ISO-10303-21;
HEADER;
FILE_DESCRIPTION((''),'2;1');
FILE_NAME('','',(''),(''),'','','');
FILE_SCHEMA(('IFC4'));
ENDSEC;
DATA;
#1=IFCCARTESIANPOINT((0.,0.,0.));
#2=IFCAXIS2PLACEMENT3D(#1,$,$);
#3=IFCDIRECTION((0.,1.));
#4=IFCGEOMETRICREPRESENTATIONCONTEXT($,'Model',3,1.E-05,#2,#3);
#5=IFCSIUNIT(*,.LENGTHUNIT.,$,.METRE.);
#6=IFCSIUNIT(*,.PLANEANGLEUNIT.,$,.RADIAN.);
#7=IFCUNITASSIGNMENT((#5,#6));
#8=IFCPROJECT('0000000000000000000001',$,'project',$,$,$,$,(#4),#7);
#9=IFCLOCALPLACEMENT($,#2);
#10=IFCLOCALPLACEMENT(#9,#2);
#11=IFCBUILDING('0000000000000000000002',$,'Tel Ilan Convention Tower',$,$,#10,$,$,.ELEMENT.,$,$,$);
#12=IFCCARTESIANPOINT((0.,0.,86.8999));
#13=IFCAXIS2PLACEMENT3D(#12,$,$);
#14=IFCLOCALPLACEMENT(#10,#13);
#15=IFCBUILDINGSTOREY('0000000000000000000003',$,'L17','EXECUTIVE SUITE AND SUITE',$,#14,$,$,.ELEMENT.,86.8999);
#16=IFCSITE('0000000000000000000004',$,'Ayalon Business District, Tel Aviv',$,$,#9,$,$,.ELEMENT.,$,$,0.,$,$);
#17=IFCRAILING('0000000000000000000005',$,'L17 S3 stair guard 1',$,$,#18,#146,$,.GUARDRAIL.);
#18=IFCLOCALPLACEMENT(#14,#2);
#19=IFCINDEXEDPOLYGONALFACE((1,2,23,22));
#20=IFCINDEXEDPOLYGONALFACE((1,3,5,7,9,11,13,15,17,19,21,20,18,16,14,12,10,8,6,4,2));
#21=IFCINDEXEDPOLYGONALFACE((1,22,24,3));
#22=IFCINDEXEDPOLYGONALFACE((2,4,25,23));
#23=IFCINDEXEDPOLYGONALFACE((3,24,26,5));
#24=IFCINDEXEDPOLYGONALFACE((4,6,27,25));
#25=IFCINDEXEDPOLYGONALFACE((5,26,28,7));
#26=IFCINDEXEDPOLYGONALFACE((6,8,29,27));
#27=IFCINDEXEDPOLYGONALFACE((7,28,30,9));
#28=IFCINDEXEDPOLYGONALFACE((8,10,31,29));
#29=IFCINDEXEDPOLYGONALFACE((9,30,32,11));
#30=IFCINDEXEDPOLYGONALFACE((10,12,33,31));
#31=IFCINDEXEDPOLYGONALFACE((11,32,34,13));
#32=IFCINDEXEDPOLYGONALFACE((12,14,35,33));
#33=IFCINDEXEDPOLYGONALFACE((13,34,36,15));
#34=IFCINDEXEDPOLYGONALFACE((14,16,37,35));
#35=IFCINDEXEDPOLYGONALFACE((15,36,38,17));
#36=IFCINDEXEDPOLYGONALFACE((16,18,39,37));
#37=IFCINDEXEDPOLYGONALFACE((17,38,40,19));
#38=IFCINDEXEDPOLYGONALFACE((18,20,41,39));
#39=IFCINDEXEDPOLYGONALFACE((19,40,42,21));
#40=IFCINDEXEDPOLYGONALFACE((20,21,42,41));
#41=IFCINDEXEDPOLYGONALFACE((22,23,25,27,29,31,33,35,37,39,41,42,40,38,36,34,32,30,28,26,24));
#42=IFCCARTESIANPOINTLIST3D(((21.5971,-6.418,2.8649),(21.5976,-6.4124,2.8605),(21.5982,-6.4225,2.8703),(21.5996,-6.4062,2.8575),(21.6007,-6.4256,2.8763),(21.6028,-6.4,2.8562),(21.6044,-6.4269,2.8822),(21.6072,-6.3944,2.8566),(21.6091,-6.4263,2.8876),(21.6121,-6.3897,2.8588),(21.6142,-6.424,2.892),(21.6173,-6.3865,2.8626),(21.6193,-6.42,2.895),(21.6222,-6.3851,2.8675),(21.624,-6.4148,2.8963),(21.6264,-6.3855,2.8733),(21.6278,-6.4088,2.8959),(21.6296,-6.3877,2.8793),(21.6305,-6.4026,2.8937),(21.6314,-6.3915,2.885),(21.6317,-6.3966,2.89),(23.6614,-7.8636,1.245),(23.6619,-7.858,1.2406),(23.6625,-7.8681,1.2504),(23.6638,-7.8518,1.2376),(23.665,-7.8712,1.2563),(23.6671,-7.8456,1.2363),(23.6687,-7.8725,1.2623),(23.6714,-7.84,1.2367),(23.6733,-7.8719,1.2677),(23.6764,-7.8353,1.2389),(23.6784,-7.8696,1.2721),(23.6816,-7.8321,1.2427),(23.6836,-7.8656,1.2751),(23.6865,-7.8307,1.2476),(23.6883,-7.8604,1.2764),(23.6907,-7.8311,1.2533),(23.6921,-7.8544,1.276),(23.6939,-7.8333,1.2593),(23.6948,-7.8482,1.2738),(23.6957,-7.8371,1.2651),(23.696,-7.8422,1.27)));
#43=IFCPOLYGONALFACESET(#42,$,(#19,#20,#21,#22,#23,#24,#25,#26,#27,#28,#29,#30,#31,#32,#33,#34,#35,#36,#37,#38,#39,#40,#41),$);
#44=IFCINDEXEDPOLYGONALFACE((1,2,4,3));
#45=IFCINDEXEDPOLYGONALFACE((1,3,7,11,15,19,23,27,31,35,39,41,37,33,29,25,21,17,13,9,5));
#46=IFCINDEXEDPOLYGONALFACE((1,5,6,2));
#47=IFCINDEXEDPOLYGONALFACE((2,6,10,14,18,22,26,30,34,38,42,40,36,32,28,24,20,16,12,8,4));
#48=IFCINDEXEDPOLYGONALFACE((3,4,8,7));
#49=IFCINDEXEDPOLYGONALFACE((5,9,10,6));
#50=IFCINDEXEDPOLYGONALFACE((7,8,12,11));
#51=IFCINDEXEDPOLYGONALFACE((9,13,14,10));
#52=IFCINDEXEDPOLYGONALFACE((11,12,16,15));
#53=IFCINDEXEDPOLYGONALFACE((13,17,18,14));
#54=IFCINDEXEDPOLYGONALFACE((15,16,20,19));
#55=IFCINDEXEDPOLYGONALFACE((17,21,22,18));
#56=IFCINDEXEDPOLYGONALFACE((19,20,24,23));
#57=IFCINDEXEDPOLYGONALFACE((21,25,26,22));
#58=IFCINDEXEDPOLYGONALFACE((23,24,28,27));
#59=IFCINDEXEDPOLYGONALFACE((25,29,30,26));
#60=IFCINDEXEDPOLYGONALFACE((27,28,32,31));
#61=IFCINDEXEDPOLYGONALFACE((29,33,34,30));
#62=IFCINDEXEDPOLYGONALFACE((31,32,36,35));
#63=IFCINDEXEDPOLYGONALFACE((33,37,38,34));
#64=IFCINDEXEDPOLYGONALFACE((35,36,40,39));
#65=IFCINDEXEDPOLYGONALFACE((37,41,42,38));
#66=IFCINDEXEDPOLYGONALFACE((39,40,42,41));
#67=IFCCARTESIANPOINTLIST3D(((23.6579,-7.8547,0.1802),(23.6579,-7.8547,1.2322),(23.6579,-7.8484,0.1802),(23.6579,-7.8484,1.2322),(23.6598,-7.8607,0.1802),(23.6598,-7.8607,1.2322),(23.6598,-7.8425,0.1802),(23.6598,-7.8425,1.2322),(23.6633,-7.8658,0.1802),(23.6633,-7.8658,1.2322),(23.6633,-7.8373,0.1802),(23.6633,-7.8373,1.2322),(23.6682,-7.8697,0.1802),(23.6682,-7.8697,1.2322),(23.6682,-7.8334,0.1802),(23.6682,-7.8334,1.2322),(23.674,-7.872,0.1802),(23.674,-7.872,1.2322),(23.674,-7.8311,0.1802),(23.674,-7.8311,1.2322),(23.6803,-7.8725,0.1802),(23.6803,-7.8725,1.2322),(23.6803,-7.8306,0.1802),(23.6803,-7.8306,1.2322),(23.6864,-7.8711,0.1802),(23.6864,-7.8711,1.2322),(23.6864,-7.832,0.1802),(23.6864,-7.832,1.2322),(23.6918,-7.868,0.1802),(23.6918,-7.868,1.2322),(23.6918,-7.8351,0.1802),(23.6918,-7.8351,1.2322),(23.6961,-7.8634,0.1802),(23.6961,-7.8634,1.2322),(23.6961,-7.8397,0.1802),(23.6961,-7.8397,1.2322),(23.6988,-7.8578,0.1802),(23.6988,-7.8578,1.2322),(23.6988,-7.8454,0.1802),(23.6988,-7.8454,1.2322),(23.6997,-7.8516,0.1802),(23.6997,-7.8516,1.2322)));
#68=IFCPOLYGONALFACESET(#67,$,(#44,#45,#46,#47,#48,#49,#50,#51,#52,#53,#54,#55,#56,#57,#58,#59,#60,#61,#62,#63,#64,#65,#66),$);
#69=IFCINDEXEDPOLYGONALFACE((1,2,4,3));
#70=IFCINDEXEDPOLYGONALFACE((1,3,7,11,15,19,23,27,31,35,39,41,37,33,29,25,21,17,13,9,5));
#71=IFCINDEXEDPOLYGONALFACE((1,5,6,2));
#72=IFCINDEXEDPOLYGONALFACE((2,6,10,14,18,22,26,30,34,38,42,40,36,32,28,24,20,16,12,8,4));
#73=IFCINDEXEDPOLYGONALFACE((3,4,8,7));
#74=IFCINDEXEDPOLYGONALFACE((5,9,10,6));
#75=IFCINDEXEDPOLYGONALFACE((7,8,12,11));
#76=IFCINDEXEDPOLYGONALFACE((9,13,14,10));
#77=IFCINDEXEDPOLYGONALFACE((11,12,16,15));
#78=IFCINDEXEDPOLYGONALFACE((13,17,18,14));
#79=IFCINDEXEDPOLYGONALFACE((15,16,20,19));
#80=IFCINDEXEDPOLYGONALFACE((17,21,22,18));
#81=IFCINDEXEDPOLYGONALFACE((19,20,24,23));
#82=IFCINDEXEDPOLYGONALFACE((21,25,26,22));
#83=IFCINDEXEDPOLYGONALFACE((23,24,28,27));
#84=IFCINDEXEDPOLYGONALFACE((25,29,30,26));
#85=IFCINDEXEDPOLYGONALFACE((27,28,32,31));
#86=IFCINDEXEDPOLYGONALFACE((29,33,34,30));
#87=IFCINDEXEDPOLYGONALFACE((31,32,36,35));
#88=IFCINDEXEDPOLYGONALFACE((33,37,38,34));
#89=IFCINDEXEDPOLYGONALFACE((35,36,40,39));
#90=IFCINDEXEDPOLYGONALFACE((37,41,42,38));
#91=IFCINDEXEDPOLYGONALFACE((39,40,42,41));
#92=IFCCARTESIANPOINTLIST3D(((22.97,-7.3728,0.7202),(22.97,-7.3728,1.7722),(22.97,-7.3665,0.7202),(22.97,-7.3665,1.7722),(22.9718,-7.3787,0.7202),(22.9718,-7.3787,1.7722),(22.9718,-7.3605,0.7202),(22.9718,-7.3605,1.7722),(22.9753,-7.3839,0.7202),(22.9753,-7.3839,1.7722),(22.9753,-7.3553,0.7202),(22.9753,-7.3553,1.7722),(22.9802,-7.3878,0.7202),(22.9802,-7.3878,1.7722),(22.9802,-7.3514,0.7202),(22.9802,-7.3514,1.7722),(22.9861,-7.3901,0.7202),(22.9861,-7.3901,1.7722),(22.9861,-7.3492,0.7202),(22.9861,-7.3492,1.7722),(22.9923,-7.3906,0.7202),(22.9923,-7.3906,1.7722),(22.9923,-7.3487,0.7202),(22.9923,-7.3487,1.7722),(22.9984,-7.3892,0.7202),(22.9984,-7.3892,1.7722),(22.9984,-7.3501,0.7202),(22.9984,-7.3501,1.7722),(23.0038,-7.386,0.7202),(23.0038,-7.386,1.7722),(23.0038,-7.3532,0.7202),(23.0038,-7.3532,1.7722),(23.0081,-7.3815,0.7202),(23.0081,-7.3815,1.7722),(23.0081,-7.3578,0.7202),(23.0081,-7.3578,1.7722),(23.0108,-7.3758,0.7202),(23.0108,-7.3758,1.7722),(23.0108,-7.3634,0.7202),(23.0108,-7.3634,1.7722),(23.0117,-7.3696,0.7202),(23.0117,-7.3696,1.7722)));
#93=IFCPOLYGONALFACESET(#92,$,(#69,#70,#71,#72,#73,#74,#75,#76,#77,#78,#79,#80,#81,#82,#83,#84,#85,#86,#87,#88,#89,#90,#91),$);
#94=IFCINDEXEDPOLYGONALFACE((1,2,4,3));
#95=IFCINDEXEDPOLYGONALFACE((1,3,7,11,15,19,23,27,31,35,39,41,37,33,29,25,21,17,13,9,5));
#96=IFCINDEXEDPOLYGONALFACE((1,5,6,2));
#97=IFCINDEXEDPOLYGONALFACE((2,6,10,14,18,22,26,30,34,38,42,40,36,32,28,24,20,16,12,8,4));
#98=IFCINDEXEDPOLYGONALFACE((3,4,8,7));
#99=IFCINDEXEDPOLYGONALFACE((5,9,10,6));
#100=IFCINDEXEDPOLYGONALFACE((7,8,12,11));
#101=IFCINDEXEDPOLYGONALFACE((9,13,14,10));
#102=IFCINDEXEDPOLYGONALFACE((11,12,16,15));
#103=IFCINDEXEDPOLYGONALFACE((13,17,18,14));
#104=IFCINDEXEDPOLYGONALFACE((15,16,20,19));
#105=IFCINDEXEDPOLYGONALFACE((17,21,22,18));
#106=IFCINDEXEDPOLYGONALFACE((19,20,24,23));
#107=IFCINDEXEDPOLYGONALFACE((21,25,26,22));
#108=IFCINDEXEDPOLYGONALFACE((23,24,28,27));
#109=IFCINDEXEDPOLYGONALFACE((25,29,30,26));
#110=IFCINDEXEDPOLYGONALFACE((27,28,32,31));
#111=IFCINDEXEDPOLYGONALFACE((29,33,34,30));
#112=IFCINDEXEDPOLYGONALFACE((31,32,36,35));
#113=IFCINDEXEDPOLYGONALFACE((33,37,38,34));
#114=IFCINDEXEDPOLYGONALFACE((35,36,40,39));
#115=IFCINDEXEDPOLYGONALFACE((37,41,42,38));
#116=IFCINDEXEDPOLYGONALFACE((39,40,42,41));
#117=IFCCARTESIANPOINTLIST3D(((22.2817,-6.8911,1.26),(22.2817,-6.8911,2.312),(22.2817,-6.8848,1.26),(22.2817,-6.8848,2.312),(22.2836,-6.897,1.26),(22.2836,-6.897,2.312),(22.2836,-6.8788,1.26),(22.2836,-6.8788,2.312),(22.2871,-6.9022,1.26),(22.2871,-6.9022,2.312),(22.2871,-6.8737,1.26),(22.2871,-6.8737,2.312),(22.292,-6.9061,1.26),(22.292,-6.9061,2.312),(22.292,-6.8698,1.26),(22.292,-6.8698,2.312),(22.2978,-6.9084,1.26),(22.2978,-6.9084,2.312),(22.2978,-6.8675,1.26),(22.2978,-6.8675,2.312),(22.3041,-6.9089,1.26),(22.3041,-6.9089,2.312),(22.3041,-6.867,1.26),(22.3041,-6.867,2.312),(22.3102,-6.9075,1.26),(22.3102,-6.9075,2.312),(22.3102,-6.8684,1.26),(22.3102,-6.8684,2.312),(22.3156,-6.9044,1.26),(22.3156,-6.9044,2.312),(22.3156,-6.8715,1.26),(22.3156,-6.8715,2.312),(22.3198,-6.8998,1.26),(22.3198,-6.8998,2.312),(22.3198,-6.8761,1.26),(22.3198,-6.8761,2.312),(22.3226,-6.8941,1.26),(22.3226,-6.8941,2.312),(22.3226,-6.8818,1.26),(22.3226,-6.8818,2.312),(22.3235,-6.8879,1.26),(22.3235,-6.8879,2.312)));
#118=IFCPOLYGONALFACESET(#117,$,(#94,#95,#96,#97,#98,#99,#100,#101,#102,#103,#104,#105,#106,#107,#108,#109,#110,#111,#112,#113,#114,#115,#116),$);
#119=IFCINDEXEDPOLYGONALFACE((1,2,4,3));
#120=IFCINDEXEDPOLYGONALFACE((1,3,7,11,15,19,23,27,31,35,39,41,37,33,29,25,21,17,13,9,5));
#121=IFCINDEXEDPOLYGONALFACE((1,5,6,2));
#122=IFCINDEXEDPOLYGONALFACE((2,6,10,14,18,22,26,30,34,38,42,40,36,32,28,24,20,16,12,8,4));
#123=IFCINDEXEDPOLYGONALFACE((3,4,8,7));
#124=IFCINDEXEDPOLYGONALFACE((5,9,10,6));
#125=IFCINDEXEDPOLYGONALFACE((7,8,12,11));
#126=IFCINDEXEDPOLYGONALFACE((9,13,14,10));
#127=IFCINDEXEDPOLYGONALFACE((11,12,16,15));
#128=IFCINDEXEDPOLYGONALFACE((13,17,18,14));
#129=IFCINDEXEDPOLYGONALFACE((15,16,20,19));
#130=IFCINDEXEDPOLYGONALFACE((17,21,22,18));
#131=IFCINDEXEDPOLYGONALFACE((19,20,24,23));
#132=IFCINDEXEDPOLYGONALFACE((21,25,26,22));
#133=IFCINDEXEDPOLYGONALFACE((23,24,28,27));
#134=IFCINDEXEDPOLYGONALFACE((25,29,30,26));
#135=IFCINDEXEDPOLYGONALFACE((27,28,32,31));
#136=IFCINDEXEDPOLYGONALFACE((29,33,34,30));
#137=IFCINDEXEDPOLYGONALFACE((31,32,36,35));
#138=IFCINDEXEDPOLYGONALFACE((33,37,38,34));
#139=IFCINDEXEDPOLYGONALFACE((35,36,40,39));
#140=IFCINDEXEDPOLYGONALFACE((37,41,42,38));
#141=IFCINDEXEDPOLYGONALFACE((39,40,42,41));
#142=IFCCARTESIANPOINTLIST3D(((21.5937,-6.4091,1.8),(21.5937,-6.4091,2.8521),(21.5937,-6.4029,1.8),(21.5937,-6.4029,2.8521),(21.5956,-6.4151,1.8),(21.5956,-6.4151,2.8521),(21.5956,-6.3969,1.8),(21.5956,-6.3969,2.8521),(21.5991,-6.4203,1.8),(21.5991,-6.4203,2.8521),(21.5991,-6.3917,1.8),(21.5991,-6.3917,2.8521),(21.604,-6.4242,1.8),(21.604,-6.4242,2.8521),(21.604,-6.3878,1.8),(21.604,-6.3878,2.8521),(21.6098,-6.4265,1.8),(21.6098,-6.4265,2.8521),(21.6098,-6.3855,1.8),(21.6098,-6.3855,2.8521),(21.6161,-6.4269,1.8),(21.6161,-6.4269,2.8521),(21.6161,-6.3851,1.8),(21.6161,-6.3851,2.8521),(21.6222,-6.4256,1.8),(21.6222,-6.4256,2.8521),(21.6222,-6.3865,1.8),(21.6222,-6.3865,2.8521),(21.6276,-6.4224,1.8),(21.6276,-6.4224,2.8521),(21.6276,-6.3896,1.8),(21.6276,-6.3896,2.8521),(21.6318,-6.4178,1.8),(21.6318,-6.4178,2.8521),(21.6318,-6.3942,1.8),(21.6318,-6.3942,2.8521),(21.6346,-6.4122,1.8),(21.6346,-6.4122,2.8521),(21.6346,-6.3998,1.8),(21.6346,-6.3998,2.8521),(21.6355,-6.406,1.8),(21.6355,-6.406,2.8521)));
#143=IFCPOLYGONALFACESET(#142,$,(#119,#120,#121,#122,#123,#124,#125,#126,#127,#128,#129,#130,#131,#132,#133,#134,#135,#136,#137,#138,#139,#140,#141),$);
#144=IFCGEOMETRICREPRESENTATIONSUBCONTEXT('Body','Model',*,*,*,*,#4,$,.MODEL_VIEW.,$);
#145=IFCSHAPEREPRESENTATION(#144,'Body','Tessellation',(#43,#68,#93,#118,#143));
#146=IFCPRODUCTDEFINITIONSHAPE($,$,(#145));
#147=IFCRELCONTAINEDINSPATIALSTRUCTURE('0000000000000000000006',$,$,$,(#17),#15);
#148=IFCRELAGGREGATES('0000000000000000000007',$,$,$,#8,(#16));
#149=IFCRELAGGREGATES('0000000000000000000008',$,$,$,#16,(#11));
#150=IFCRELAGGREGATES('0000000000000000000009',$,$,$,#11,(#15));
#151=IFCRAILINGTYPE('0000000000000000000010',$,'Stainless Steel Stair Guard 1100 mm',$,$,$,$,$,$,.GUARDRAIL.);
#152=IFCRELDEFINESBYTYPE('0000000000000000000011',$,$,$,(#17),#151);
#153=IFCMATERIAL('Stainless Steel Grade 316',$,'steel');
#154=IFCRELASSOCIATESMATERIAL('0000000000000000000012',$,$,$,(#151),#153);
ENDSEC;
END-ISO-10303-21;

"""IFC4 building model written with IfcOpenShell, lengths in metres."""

from ifc_helpers import new_model, si_unit, direction, frame, origin, origin_2d, place, context, subcontext, project, spatial, circle, extrude, material, type_object, element, save


model = new_model("IFC4")

# Units and contexts
model_context = context("Model", 3, precision=1e-05, world=origin(), true_north=direction((0.0, 1.0)))
body_context = subcontext(model_context, "Body", "Model", "MODEL_VIEW")
ifc_project = project(units=[si_unit("LENGTHUNIT", "METRE"), si_unit("PLANEANGLEUNIT", "RADIAN")], contexts=[model_context])

# Site, building, storey
site_placement = place(None, origin())
site = spatial("IfcSite", under=ifc_project, at=site_placement, Name="Ayalon Business District, Tel Aviv", CompositionType="ELEMENT", RefElevation=0.0)
building_placement = place(site_placement, origin())
building = spatial("IfcBuilding", under=site, at=building_placement, Name="Tel Ilan Convention Tower", CompositionType="ELEMENT")
storey_placement = place(building_placement, frame((0.0, 0.0, 86.8999)))
storey = spatial("IfcBuildingStorey", under=building, at=storey_placement, Name="L17", Description="EXECUTIVE SUITE AND SUITE", CompositionType="ELEMENT", Elevation=86.8999)

# Railing
ifc_material_1 = material(Name="Stainless Steel Grade 316", Category="steel")
railing_type_1 = type_object("IfcRailingType", Name="Stainless Steel Stair Guard 1100 mm", PredefinedType="GUARDRAIL", material=ifc_material_1)
railing_1_placement = place(storey_placement, frame((23.6787, -7.8516, 0.1802)))
element("IfcRailing", 1, at=railing_1_placement, inside=storey, type_object=railing_type_1, Name="L17 S3 stair guard 1", PredefinedType="GUARDRAIL", context=body_context, shape_type="SweptSolid", body=[
    extrude(circle(Radius=0.0239, at=origin_2d()), frame((0.0, 0.0, 1.0762), z_axis=(-0.689043, 0.482534, 0.540722), x_axis=(-0.573625, -0.819118, 0.0)), (0.0, 0.0, 1.0), 2.9958),
    extrude(circle(Radius=0.021, at=origin_2d()), origin(), (0.0, 0.0, 1.0), 1.052),
    extrude(circle(Radius=0.021, at=origin_2d()), frame((-0.688, 0.4819, 0.54)), (0.0, 0.0, 1.0), 1.052),
    extrude(circle(Radius=0.021, at=origin_2d()), frame((-1.3762, 0.9636, 1.0798)), (0.0, 0.0, 1.0), 1.052),
    extrude(circle(Radius=0.021, at=origin_2d()), frame((-2.0642, 1.4456, 1.6199)), (0.0, 0.0, 1.0), 1.052),
])

save(model, "model.ifc")
